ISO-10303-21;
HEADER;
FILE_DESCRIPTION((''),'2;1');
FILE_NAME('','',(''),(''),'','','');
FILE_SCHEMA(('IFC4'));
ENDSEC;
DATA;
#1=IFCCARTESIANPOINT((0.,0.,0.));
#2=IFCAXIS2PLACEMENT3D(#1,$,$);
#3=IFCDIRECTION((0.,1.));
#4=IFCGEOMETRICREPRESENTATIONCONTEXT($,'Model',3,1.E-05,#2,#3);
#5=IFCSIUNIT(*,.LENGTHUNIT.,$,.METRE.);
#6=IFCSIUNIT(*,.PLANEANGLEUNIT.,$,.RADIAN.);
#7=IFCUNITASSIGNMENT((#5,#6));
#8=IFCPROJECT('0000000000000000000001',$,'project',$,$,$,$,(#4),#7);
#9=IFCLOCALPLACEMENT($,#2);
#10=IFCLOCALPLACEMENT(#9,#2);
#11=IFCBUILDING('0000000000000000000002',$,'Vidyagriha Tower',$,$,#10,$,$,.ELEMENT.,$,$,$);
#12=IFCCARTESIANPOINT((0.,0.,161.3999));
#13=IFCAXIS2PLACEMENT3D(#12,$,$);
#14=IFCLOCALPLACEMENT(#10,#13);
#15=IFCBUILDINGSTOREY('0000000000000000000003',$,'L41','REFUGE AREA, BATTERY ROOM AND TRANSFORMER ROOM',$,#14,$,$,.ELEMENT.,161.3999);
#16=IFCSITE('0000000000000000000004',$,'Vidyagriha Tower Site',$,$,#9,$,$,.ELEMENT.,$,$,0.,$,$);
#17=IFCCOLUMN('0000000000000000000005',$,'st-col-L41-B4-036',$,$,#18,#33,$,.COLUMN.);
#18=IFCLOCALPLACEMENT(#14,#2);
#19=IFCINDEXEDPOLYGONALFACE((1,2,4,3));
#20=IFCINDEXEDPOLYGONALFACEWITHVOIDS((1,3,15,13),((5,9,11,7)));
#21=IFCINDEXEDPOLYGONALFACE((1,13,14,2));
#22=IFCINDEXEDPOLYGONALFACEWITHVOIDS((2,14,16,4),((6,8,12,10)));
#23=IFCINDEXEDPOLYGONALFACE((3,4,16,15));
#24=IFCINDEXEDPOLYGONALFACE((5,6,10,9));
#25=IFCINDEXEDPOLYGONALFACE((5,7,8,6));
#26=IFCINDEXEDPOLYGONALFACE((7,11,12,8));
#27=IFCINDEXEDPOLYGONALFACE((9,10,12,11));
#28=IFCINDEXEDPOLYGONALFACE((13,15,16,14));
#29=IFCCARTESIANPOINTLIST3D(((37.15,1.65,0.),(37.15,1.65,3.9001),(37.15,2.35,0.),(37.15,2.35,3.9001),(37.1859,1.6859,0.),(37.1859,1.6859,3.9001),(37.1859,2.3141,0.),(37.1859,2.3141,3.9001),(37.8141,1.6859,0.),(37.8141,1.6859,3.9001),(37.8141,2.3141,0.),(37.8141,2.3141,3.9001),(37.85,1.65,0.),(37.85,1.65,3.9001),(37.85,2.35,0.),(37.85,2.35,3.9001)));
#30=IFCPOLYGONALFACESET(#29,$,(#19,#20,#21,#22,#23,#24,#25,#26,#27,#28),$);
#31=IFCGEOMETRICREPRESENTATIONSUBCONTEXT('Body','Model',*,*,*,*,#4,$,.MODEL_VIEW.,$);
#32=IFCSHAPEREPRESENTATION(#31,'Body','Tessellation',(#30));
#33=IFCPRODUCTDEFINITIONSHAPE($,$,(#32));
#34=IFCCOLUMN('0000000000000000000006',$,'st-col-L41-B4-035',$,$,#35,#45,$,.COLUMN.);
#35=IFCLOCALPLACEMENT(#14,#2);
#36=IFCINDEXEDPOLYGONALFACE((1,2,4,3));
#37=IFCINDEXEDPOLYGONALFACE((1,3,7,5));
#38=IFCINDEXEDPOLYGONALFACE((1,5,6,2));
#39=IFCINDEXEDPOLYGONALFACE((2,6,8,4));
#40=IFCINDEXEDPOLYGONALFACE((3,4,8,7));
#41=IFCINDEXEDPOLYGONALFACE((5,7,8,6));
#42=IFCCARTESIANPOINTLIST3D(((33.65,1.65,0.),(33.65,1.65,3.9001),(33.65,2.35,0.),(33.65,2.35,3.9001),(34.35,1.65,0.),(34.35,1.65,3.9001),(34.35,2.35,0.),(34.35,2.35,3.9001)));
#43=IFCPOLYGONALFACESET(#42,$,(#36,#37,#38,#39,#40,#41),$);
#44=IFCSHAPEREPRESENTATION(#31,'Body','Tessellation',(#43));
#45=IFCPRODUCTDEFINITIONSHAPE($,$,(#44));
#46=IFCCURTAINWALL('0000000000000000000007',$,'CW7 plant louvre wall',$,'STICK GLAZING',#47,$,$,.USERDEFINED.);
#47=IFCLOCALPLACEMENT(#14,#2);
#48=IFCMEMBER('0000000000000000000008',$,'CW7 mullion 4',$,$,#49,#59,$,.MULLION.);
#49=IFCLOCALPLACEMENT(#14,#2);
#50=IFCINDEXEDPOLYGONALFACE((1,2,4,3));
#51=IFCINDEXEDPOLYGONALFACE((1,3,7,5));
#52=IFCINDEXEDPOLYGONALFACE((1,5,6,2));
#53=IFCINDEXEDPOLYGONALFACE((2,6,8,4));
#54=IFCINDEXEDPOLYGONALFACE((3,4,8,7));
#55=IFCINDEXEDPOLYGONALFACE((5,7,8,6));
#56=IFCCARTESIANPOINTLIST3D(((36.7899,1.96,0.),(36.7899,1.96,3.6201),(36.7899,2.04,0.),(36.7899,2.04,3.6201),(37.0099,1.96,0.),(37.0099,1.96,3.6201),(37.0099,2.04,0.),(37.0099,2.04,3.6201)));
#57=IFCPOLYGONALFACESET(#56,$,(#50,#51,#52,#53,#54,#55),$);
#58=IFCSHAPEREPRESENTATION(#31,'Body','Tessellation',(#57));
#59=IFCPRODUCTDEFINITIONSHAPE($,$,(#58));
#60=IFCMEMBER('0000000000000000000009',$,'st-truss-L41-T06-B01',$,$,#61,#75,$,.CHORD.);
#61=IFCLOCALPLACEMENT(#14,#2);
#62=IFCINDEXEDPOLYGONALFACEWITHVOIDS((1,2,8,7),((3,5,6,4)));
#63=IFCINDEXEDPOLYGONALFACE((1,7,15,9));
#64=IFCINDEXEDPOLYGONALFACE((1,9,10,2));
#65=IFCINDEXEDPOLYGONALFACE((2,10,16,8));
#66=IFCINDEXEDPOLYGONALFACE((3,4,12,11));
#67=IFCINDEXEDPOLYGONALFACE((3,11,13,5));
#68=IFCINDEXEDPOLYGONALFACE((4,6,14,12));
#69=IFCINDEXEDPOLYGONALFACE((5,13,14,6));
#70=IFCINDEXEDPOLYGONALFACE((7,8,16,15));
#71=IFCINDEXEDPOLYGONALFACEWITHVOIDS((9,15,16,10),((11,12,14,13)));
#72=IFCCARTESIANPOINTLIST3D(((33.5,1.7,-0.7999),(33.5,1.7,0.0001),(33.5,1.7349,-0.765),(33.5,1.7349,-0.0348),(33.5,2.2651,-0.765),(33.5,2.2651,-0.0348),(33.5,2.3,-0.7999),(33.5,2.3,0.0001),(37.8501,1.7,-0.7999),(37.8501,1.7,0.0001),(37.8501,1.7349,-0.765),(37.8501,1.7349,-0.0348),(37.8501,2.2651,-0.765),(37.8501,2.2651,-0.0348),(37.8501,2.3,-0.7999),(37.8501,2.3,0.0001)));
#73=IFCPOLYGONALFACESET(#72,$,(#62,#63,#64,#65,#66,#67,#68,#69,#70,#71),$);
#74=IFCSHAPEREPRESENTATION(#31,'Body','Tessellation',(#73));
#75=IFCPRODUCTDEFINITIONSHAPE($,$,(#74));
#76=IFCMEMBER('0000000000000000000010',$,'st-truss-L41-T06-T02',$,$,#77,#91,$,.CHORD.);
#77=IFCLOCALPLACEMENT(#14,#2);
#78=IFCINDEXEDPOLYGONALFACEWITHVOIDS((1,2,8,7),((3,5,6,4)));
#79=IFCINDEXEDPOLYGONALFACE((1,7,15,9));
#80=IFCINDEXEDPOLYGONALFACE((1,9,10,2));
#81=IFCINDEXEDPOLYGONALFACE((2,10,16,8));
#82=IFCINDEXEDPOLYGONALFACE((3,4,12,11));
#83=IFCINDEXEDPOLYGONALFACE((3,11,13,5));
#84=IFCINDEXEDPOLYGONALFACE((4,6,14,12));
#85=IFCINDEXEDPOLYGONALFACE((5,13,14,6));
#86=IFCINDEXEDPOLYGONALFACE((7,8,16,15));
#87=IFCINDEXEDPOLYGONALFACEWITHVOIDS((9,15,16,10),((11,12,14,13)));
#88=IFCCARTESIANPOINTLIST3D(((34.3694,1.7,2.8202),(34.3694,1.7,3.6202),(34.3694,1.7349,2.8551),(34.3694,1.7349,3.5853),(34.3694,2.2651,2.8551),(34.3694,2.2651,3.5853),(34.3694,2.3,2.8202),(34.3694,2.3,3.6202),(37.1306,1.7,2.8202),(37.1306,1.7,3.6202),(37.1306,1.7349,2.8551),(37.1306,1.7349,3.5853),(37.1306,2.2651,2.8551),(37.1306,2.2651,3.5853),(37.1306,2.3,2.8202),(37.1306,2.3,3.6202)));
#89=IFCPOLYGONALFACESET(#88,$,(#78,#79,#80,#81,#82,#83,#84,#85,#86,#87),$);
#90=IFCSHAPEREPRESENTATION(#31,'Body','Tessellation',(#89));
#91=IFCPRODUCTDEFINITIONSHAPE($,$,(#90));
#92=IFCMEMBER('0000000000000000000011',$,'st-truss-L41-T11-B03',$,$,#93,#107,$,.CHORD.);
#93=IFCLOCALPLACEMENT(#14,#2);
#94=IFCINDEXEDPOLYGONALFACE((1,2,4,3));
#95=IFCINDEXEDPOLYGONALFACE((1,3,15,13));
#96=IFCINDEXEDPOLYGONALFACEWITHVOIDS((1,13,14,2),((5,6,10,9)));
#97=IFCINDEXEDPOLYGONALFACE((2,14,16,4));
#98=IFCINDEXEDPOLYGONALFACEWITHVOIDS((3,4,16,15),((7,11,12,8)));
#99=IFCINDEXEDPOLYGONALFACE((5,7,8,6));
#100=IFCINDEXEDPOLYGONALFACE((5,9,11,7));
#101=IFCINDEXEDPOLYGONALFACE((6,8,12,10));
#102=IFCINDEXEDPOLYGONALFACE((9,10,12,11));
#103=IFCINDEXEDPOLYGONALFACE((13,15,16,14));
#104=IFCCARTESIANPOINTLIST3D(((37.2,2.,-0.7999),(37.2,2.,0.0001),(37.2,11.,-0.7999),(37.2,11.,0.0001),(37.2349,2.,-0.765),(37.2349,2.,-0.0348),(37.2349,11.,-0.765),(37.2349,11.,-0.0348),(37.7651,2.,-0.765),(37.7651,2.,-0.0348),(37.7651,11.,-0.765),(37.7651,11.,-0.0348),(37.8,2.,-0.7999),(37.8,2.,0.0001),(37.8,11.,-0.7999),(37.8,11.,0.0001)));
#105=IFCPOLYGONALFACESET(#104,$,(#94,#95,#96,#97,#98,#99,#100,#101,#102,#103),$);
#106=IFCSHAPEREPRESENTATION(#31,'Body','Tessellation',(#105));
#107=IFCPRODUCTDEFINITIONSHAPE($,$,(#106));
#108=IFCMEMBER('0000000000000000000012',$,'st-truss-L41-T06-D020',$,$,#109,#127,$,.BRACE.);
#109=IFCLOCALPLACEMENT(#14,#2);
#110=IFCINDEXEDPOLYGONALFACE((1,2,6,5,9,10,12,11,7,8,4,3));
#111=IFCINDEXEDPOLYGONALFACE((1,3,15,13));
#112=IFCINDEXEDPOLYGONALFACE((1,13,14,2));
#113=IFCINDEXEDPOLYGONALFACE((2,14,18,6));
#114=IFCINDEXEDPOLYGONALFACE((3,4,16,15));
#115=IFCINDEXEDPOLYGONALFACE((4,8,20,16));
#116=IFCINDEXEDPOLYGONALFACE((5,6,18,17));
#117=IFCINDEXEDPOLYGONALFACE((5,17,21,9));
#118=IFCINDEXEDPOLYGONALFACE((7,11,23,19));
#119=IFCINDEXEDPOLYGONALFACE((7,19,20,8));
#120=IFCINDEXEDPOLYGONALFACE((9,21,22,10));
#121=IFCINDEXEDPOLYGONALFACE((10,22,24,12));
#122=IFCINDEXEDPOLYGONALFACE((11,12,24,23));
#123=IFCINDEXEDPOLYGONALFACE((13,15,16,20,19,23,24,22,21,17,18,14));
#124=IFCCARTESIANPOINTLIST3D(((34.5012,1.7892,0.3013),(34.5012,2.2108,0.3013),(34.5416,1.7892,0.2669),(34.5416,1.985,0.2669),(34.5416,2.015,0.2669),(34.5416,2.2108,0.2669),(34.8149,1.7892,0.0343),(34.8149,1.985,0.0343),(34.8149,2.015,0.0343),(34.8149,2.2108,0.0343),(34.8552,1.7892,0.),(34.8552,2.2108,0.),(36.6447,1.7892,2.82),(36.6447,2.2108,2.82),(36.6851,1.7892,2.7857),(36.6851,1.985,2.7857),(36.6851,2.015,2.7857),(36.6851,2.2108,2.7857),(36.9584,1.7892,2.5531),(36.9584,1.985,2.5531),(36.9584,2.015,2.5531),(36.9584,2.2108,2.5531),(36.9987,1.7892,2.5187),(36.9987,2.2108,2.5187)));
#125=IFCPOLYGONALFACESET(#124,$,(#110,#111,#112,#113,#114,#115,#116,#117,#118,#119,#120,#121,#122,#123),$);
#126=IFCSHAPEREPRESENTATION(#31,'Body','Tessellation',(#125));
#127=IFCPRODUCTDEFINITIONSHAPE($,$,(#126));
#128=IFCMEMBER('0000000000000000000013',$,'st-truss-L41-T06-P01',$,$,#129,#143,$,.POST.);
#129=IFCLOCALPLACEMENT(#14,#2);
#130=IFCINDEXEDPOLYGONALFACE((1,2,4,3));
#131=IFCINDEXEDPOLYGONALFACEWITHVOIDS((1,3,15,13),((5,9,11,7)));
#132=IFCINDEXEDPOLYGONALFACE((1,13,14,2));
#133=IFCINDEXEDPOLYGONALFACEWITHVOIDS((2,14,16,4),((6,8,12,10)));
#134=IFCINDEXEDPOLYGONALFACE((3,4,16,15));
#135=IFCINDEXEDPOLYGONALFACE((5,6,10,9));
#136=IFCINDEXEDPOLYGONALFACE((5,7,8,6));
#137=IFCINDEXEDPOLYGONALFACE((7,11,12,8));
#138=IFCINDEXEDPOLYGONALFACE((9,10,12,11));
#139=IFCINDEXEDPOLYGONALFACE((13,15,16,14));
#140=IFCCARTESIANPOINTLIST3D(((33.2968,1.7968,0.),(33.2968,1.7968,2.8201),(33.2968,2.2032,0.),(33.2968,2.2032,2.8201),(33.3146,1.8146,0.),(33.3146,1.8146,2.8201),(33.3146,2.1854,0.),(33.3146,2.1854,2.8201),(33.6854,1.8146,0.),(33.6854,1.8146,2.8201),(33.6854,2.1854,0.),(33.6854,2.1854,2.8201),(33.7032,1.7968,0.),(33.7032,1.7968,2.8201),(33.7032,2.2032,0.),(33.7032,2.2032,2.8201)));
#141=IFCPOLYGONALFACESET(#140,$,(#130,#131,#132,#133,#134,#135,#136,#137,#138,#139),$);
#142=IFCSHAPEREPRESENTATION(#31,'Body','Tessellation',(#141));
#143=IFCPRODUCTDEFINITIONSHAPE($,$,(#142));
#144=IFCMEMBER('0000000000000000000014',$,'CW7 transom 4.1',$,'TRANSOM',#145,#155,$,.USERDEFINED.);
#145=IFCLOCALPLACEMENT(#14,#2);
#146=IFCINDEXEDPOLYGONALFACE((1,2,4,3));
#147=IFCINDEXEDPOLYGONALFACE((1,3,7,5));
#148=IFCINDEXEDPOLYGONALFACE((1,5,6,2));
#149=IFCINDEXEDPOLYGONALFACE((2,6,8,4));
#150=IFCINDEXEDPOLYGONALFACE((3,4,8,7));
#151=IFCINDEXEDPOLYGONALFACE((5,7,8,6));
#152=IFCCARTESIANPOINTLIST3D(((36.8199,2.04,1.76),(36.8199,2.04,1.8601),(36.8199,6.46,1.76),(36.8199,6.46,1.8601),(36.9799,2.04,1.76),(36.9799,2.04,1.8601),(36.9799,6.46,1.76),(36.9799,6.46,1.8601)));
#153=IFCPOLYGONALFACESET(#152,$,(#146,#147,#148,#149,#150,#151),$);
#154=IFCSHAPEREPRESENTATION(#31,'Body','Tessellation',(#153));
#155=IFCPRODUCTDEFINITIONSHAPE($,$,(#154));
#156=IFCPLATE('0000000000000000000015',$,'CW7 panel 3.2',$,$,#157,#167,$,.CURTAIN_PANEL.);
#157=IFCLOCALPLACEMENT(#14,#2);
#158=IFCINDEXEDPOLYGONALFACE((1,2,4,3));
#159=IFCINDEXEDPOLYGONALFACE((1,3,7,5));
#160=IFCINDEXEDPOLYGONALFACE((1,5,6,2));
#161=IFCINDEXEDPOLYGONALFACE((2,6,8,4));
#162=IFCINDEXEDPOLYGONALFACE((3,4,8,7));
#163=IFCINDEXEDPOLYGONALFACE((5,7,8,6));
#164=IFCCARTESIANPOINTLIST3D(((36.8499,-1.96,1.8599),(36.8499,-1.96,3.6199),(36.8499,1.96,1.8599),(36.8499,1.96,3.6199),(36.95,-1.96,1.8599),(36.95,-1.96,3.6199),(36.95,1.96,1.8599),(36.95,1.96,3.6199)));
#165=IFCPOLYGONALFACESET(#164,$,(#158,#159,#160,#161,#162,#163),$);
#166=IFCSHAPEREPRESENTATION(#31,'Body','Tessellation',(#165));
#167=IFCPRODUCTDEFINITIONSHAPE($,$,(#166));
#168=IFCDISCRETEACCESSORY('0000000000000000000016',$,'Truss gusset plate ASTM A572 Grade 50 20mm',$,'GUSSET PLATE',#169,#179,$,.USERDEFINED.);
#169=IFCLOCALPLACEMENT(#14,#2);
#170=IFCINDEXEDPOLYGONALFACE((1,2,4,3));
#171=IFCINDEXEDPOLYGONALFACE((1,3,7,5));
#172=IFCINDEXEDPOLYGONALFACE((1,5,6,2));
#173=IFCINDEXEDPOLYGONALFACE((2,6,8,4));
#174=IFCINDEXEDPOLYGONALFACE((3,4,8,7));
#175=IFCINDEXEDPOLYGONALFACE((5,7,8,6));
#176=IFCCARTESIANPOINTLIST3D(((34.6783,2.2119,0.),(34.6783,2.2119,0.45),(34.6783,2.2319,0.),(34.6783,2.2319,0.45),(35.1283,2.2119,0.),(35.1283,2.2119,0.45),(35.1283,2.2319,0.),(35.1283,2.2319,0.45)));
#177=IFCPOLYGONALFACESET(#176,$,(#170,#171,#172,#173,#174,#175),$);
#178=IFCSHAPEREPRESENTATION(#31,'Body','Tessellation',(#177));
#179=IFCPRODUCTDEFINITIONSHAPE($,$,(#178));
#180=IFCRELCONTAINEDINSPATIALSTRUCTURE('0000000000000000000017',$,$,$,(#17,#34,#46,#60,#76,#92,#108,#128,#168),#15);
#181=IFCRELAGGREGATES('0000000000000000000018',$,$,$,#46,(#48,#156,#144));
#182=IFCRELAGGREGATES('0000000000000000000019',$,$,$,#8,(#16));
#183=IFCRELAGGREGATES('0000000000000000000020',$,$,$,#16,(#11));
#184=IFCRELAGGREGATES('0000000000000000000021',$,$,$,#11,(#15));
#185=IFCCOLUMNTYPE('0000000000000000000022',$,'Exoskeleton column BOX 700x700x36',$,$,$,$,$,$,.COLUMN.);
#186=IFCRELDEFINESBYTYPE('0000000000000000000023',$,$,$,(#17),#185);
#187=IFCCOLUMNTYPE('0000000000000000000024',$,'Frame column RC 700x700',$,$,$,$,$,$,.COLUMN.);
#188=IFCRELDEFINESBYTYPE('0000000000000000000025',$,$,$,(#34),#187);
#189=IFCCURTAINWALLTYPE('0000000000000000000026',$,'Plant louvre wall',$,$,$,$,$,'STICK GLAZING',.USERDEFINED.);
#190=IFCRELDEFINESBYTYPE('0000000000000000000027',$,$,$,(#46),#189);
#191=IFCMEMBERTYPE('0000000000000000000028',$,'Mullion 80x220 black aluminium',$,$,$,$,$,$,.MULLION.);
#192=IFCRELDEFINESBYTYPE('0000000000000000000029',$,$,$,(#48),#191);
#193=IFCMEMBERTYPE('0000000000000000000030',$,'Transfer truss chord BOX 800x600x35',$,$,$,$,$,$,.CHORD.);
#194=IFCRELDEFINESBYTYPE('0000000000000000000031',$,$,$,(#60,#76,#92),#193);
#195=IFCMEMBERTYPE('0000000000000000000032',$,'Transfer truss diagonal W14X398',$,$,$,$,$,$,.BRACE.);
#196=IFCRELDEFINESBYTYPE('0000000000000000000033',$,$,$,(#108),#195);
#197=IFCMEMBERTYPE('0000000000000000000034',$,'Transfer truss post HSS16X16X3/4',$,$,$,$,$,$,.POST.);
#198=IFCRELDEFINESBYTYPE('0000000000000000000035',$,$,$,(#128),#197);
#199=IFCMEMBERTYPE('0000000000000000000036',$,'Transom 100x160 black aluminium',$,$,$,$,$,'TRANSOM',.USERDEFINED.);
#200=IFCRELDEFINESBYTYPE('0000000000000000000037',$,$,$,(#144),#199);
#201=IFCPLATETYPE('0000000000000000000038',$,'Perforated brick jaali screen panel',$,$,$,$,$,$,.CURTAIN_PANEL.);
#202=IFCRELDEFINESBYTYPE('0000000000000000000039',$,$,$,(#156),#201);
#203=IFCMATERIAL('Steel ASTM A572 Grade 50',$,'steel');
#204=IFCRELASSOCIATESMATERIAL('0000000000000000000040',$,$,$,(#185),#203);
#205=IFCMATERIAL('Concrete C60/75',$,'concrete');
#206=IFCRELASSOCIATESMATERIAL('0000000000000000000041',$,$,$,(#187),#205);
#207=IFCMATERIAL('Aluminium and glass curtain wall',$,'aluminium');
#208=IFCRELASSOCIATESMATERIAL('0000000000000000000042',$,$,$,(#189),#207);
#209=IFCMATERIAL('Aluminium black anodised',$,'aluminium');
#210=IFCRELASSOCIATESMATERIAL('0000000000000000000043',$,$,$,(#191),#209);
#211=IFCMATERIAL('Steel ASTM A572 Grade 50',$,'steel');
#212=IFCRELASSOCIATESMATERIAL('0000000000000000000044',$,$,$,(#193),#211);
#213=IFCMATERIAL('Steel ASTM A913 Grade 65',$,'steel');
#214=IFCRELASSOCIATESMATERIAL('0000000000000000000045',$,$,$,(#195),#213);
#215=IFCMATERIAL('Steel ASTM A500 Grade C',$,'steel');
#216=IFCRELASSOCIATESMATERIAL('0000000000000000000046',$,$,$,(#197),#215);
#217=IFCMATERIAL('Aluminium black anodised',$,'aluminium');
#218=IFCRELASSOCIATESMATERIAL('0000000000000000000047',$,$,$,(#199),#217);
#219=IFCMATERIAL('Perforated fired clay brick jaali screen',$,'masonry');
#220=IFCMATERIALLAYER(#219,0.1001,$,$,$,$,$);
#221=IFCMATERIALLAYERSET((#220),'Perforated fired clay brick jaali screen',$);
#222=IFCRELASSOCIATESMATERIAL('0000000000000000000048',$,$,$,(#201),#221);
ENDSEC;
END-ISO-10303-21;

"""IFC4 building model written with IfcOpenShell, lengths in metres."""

from ifc_helpers import new_model, si_unit, direction, frame, origin, origin_2d, place, context, subcontext, project, spatial, rectangle, hollow_rectangle, i_section, extrude, material, layer, layer_set, material_profile, profile_set, type_object, element, aggregate, save


model = new_model("IFC4")

# Units and contexts
model_context = context("Model", 3, precision=1e-05, world=origin(), true_north=direction((0.0, 1.0)))
body_context = subcontext(model_context, "Body", "Model", "MODEL_VIEW")
ifc_project = project(units=[si_unit("LENGTHUNIT", "METRE"), si_unit("PLANEANGLEUNIT", "RADIAN")], contexts=[model_context])

# Site, building, storey
site_placement = place(None, origin())
site = spatial("IfcSite", under=ifc_project, at=site_placement, Name="Vidyagriha Tower Site", CompositionType="ELEMENT", RefElevation=0.0)
building_placement = place(site_placement, origin())
building = spatial("IfcBuilding", under=site, at=building_placement, Name="Vidyagriha Tower", CompositionType="ELEMENT")
storey_placement = place(building_placement, frame((0.0, 0.0, 161.3999)))
storey = spatial("IfcBuildingStorey", under=building, at=storey_placement, Name="L41", Description="REFUGE AREA, BATTERY ROOM AND TRANSFORMER ROOM", CompositionType="ELEMENT", Elevation=161.3999)

# Columns
ifc_material_1 = material(Name="Steel ASTM A572 Grade 50", Category="steel")
ifc_material_profile_1 = material_profile(ifc_material_1, hollow_rectangle(XDim=0.7, YDim=0.7, WallThickness=0.0359, at=origin_2d()), Name="BOX 700x700x36")
ifc_profile_set_1 = profile_set([ifc_material_profile_1], Name="Steel ASTM A572 Grade 50")
column_type_1 = type_object("IfcColumnType", Name="Exoskeleton column BOX 700x700x36", PredefinedType="COLUMN", material=ifc_profile_set_1)
column_1_placement = place(storey_placement, frame((37.5, 2.0, 0.0)))
element("IfcColumn", 1, at=column_1_placement, inside=storey, type_object=column_type_1, Name="st-col-L41-B4-036", PredefinedType="COLUMN", context=body_context, shape_type="SweptSolid", body=[
    extrude(hollow_rectangle(XDim=0.7, YDim=0.7, WallThickness=0.0359, at=origin_2d()), origin(), (0.0, 0.0, 1.0), 3.9001),
])
ifc_material_2 = material(Name="Concrete C60/75", Category="concrete")
ifc_material_profile_2 = material_profile(ifc_material_2, rectangle(XDim=0.7, YDim=0.7, at=origin_2d()), Name="RC 700x700")
ifc_profile_set_2 = profile_set([ifc_material_profile_2], Name="Concrete C60/75")
column_type_2 = type_object("IfcColumnType", Name="Frame column RC 700x700", PredefinedType="COLUMN", material=ifc_profile_set_2)
column_2_placement = place(storey_placement, frame((34.0, 2.0, 0.0)))
element("IfcColumn", 2, at=column_2_placement, inside=storey, type_object=column_type_2, Name="st-col-L41-B4-035", PredefinedType="COLUMN", context=body_context, shape_type="SweptSolid", body=[
    extrude(rectangle(XDim=0.7, YDim=0.7, at=origin_2d()), origin(), (0.0, 0.0, 1.0), 3.9001),
])

# Curtain wall, member
ifc_material_3 = material(Name="Aluminium and glass curtain wall", Category="aluminium")
curtain_wall_type = type_object("IfcCurtainWallType", Name="Plant louvre wall", ElementType="STICK GLAZING", PredefinedType="USERDEFINED", material=ifc_material_3)
curtain_wall_placement = place(storey_placement, origin())
curtain_wall = element("IfcCurtainWall", 3, at=curtain_wall_placement, inside=storey, type_object=curtain_wall_type, Name="CW7 plant louvre wall", ObjectType="STICK GLAZING", PredefinedType="USERDEFINED")
ifc_material_4 = material(Name="Aluminium black anodised", Category="aluminium")
ifc_material_profile_3 = material_profile(ifc_material_4, rectangle(XDim=0.22, YDim=0.0801, at=origin_2d()), Name="Mullion 80x220 black aluminium")
ifc_profile_set_3 = profile_set([ifc_material_profile_3], Name="Aluminium black anodised")
member_type_1 = type_object("IfcMemberType", Name="Mullion 80x220 black aluminium", PredefinedType="MULLION", material=ifc_profile_set_3)
member_1_placement = place(storey_placement, frame((36.8999, 2.0, 0.0), z_axis=(0.0, 0.0, 1.0), x_axis=(-1.0, 0.0, 0.0)))
member_1 = element("IfcMember", 4, at=member_1_placement, type_object=member_type_1, Name="CW7 mullion 4", PredefinedType="MULLION", context=body_context, shape_type="SweptSolid", body=[
    extrude(rectangle(XDim=0.22, YDim=0.0801, at=origin_2d()), origin(), (0.0, 0.0, 1.0), 3.6201),
])

# Members
ifc_material_5 = material(Name="Steel ASTM A572 Grade 50", Category="steel")
ifc_material_profile_4 = material_profile(ifc_material_5, hollow_rectangle(XDim=0.6001, YDim=0.8, WallThickness=0.0349, at=origin_2d()), Name="BOX 800x600x35")
ifc_profile_set_4 = profile_set([ifc_material_profile_4], Name="Steel ASTM A572 Grade 50")
member_type_2 = type_object("IfcMemberType", Name="Transfer truss chord BOX 800x600x35", PredefinedType="CHORD", material=ifc_profile_set_4)
member_2_placement = place(storey_placement, frame((33.5, 2.0, -0.3999), z_axis=(1.0, 0.0, 0.0), x_axis=(0.0, 1.0, 0.0)))
element("IfcMember", 5, at=member_2_placement, inside=storey, type_object=member_type_2, Name="st-truss-L41-T06-B01", PredefinedType="CHORD", context=body_context, shape_type="SweptSolid", body=[
    extrude(hollow_rectangle(XDim=0.6001, YDim=0.8, WallThickness=0.0349, at=origin_2d()), origin(), (0.0, 0.0, 1.0), 4.3501),
])
member_3_placement = place(storey_placement, frame((34.3694, 2.0, 3.2202), z_axis=(1.0, 0.0, 0.0), x_axis=(0.0, 1.0, 0.0)))
element("IfcMember", 6, at=member_3_placement, inside=storey, type_object=member_type_2, Name="st-truss-L41-T06-T02", PredefinedType="CHORD", context=body_context, shape_type="SweptSolid", body=[
    extrude(hollow_rectangle(XDim=0.6001, YDim=0.8, WallThickness=0.0349, at=origin_2d()), origin(), (0.0, 0.0, 1.0), 2.7612),
])
member_4_placement = place(storey_placement, frame((37.5, 2.0, -0.3999), z_axis=(0.0, 1.0, 0.0), x_axis=(-1.0, 0.0, 0.0)))
element("IfcMember", 7, at=member_4_placement, inside=storey, type_object=member_type_2, Name="st-truss-L41-T11-B03", PredefinedType="CHORD", context=body_context, shape_type="SweptSolid", body=[
    extrude(hollow_rectangle(XDim=0.6001, YDim=0.8, WallThickness=0.0349, at=origin_2d()), origin(), (0.0, 0.0, 1.0), 9.0),
])
ifc_material_6 = material(Name="Steel ASTM A913 Grade 65", Category="steel")
ifc_material_profile_5 = material_profile(ifc_material_6, i_section(OverallWidth=0.4216, OverallDepth=0.4648, WebThickness=0.03, FlangeThickness=0.053, at=origin_2d()), Name="W14X398")
ifc_profile_set_5 = profile_set([ifc_material_profile_5], Name="Steel ASTM A913 Grade 65")
member_type_3 = type_object("IfcMemberType", Name="Transfer truss diagonal W14X398", PredefinedType="BRACE", material=ifc_profile_set_5)
member_5_placement = place(storey_placement, frame((34.6782, 2.0, 0.1506), z_axis=(0.6481, 0.0, 0.761555), x_axis=(0.0, 1.0, 0.0)))
element("IfcMember", 8, at=member_5_placement, inside=storey, type_object=member_type_3, Name="st-truss-L41-T06-D020", PredefinedType="BRACE", context=body_context, shape_type="SweptSolid", body=[
    extrude(i_section(OverallWidth=0.4216, OverallDepth=0.4648, WebThickness=0.03, FlangeThickness=0.053, at=origin_2d()), origin(), (0.0, 0.0, 1.0), 3.3074),
])
ifc_material_7 = material(Name="Steel ASTM A500 Grade C", Category="steel")
ifc_material_profile_6 = material_profile(ifc_material_7, hollow_rectangle(XDim=0.4065, YDim=0.4065, WallThickness=0.0178, at=origin_2d()), Name="HSS16X16X3/4")
ifc_profile_set_6 = profile_set([ifc_material_profile_6], Name="Steel ASTM A500 Grade C")
member_type_4 = type_object("IfcMemberType", Name="Transfer truss post HSS16X16X3/4", PredefinedType="POST", material=ifc_profile_set_6)
member_6_placement = place(storey_placement, frame((33.5, 2.0, 0.0)))
element("IfcMember", 9, at=member_6_placement, inside=storey, type_object=member_type_4, Name="st-truss-L41-T06-P01", PredefinedType="POST", context=body_context, shape_type="SweptSolid", body=[
    extrude(hollow_rectangle(XDim=0.4065, YDim=0.4065, WallThickness=0.0178, at=origin_2d()), origin(), (0.0, 0.0, 1.0), 2.8201),
])

# Member
ifc_material_8 = material(Name="Aluminium black anodised", Category="aluminium")
ifc_material_profile_7 = material_profile(ifc_material_8, rectangle(XDim=0.1599, YDim=0.1001, at=origin_2d()), Name="Transom 100x160 black aluminium")
ifc_profile_set_7 = profile_set([ifc_material_profile_7], Name="Aluminium black anodised")
member_type_5 = type_object("IfcMemberType", Name="Transom 100x160 black aluminium", ElementType="TRANSOM", PredefinedType="USERDEFINED", material=ifc_profile_set_7)
member_7_placement = place(storey_placement, frame((36.8999, 2.04, 1.8101), z_axis=(0.0, 1.0, 0.0), x_axis=(-1.0, 0.0, 0.0)))
member_7 = element("IfcMember", 10, at=member_7_placement, type_object=member_type_5, Name="CW7 transom 4.1", ObjectType="TRANSOM", PredefinedType="USERDEFINED", context=body_context, shape_type="SweptSolid", body=[
    extrude(rectangle(XDim=0.1599, YDim=0.1001, at=origin_2d()), origin(), (0.0, 0.0, 1.0), 4.4199),
])

# Plate
ifc_material_9 = material(Name="Perforated fired clay brick jaali screen", Category="masonry")
ifc_layer = layer(ifc_material_9, 0.1001)
ifc_layer_set = layer_set([ifc_layer], Name="Perforated fired clay brick jaali screen")
plate_type = type_object("IfcPlateType", Name="Perforated brick jaali screen panel", PredefinedType="CURTAIN_PANEL", material=ifc_layer_set)
plate_placement = place(storey_placement, frame((36.8999, 0.0, 1.8599), z_axis=(0.0, 0.0, 1.0), x_axis=(0.0, 1.0, 0.0)))
plate = element("IfcPlate", 11, at=plate_placement, type_object=plate_type, Name="CW7 panel 3.2", PredefinedType="CURTAIN_PANEL", context=body_context, shape_type="SweptSolid", body=[
    extrude(rectangle(XDim=3.9199, YDim=0.1001, at=origin_2d()), origin(), (0.0, 0.0, 1.0), 1.76),
])
aggregate(curtain_wall, [member_1, plate, member_7])

# Discrete accessory
for number, where, name in (
    (12, (34.9033, 2.2219, 0.0), "Truss gusset plate ASTM A572 Grade 50 20mm"),
):
    element("IfcDiscreteAccessory", number, at=place(storey_placement, frame(where)), inside=storey, Name=name, ObjectType="GUSSET PLATE", PredefinedType="USERDEFINED", context=body_context, shape_type="SweptSolid", body=[
        extrude(rectangle(XDim=0.45, YDim=0.02, at=origin_2d()), origin(), (0.0, 0.0, 1.0), 0.45),
    ])

save(model, "model.ifc")
